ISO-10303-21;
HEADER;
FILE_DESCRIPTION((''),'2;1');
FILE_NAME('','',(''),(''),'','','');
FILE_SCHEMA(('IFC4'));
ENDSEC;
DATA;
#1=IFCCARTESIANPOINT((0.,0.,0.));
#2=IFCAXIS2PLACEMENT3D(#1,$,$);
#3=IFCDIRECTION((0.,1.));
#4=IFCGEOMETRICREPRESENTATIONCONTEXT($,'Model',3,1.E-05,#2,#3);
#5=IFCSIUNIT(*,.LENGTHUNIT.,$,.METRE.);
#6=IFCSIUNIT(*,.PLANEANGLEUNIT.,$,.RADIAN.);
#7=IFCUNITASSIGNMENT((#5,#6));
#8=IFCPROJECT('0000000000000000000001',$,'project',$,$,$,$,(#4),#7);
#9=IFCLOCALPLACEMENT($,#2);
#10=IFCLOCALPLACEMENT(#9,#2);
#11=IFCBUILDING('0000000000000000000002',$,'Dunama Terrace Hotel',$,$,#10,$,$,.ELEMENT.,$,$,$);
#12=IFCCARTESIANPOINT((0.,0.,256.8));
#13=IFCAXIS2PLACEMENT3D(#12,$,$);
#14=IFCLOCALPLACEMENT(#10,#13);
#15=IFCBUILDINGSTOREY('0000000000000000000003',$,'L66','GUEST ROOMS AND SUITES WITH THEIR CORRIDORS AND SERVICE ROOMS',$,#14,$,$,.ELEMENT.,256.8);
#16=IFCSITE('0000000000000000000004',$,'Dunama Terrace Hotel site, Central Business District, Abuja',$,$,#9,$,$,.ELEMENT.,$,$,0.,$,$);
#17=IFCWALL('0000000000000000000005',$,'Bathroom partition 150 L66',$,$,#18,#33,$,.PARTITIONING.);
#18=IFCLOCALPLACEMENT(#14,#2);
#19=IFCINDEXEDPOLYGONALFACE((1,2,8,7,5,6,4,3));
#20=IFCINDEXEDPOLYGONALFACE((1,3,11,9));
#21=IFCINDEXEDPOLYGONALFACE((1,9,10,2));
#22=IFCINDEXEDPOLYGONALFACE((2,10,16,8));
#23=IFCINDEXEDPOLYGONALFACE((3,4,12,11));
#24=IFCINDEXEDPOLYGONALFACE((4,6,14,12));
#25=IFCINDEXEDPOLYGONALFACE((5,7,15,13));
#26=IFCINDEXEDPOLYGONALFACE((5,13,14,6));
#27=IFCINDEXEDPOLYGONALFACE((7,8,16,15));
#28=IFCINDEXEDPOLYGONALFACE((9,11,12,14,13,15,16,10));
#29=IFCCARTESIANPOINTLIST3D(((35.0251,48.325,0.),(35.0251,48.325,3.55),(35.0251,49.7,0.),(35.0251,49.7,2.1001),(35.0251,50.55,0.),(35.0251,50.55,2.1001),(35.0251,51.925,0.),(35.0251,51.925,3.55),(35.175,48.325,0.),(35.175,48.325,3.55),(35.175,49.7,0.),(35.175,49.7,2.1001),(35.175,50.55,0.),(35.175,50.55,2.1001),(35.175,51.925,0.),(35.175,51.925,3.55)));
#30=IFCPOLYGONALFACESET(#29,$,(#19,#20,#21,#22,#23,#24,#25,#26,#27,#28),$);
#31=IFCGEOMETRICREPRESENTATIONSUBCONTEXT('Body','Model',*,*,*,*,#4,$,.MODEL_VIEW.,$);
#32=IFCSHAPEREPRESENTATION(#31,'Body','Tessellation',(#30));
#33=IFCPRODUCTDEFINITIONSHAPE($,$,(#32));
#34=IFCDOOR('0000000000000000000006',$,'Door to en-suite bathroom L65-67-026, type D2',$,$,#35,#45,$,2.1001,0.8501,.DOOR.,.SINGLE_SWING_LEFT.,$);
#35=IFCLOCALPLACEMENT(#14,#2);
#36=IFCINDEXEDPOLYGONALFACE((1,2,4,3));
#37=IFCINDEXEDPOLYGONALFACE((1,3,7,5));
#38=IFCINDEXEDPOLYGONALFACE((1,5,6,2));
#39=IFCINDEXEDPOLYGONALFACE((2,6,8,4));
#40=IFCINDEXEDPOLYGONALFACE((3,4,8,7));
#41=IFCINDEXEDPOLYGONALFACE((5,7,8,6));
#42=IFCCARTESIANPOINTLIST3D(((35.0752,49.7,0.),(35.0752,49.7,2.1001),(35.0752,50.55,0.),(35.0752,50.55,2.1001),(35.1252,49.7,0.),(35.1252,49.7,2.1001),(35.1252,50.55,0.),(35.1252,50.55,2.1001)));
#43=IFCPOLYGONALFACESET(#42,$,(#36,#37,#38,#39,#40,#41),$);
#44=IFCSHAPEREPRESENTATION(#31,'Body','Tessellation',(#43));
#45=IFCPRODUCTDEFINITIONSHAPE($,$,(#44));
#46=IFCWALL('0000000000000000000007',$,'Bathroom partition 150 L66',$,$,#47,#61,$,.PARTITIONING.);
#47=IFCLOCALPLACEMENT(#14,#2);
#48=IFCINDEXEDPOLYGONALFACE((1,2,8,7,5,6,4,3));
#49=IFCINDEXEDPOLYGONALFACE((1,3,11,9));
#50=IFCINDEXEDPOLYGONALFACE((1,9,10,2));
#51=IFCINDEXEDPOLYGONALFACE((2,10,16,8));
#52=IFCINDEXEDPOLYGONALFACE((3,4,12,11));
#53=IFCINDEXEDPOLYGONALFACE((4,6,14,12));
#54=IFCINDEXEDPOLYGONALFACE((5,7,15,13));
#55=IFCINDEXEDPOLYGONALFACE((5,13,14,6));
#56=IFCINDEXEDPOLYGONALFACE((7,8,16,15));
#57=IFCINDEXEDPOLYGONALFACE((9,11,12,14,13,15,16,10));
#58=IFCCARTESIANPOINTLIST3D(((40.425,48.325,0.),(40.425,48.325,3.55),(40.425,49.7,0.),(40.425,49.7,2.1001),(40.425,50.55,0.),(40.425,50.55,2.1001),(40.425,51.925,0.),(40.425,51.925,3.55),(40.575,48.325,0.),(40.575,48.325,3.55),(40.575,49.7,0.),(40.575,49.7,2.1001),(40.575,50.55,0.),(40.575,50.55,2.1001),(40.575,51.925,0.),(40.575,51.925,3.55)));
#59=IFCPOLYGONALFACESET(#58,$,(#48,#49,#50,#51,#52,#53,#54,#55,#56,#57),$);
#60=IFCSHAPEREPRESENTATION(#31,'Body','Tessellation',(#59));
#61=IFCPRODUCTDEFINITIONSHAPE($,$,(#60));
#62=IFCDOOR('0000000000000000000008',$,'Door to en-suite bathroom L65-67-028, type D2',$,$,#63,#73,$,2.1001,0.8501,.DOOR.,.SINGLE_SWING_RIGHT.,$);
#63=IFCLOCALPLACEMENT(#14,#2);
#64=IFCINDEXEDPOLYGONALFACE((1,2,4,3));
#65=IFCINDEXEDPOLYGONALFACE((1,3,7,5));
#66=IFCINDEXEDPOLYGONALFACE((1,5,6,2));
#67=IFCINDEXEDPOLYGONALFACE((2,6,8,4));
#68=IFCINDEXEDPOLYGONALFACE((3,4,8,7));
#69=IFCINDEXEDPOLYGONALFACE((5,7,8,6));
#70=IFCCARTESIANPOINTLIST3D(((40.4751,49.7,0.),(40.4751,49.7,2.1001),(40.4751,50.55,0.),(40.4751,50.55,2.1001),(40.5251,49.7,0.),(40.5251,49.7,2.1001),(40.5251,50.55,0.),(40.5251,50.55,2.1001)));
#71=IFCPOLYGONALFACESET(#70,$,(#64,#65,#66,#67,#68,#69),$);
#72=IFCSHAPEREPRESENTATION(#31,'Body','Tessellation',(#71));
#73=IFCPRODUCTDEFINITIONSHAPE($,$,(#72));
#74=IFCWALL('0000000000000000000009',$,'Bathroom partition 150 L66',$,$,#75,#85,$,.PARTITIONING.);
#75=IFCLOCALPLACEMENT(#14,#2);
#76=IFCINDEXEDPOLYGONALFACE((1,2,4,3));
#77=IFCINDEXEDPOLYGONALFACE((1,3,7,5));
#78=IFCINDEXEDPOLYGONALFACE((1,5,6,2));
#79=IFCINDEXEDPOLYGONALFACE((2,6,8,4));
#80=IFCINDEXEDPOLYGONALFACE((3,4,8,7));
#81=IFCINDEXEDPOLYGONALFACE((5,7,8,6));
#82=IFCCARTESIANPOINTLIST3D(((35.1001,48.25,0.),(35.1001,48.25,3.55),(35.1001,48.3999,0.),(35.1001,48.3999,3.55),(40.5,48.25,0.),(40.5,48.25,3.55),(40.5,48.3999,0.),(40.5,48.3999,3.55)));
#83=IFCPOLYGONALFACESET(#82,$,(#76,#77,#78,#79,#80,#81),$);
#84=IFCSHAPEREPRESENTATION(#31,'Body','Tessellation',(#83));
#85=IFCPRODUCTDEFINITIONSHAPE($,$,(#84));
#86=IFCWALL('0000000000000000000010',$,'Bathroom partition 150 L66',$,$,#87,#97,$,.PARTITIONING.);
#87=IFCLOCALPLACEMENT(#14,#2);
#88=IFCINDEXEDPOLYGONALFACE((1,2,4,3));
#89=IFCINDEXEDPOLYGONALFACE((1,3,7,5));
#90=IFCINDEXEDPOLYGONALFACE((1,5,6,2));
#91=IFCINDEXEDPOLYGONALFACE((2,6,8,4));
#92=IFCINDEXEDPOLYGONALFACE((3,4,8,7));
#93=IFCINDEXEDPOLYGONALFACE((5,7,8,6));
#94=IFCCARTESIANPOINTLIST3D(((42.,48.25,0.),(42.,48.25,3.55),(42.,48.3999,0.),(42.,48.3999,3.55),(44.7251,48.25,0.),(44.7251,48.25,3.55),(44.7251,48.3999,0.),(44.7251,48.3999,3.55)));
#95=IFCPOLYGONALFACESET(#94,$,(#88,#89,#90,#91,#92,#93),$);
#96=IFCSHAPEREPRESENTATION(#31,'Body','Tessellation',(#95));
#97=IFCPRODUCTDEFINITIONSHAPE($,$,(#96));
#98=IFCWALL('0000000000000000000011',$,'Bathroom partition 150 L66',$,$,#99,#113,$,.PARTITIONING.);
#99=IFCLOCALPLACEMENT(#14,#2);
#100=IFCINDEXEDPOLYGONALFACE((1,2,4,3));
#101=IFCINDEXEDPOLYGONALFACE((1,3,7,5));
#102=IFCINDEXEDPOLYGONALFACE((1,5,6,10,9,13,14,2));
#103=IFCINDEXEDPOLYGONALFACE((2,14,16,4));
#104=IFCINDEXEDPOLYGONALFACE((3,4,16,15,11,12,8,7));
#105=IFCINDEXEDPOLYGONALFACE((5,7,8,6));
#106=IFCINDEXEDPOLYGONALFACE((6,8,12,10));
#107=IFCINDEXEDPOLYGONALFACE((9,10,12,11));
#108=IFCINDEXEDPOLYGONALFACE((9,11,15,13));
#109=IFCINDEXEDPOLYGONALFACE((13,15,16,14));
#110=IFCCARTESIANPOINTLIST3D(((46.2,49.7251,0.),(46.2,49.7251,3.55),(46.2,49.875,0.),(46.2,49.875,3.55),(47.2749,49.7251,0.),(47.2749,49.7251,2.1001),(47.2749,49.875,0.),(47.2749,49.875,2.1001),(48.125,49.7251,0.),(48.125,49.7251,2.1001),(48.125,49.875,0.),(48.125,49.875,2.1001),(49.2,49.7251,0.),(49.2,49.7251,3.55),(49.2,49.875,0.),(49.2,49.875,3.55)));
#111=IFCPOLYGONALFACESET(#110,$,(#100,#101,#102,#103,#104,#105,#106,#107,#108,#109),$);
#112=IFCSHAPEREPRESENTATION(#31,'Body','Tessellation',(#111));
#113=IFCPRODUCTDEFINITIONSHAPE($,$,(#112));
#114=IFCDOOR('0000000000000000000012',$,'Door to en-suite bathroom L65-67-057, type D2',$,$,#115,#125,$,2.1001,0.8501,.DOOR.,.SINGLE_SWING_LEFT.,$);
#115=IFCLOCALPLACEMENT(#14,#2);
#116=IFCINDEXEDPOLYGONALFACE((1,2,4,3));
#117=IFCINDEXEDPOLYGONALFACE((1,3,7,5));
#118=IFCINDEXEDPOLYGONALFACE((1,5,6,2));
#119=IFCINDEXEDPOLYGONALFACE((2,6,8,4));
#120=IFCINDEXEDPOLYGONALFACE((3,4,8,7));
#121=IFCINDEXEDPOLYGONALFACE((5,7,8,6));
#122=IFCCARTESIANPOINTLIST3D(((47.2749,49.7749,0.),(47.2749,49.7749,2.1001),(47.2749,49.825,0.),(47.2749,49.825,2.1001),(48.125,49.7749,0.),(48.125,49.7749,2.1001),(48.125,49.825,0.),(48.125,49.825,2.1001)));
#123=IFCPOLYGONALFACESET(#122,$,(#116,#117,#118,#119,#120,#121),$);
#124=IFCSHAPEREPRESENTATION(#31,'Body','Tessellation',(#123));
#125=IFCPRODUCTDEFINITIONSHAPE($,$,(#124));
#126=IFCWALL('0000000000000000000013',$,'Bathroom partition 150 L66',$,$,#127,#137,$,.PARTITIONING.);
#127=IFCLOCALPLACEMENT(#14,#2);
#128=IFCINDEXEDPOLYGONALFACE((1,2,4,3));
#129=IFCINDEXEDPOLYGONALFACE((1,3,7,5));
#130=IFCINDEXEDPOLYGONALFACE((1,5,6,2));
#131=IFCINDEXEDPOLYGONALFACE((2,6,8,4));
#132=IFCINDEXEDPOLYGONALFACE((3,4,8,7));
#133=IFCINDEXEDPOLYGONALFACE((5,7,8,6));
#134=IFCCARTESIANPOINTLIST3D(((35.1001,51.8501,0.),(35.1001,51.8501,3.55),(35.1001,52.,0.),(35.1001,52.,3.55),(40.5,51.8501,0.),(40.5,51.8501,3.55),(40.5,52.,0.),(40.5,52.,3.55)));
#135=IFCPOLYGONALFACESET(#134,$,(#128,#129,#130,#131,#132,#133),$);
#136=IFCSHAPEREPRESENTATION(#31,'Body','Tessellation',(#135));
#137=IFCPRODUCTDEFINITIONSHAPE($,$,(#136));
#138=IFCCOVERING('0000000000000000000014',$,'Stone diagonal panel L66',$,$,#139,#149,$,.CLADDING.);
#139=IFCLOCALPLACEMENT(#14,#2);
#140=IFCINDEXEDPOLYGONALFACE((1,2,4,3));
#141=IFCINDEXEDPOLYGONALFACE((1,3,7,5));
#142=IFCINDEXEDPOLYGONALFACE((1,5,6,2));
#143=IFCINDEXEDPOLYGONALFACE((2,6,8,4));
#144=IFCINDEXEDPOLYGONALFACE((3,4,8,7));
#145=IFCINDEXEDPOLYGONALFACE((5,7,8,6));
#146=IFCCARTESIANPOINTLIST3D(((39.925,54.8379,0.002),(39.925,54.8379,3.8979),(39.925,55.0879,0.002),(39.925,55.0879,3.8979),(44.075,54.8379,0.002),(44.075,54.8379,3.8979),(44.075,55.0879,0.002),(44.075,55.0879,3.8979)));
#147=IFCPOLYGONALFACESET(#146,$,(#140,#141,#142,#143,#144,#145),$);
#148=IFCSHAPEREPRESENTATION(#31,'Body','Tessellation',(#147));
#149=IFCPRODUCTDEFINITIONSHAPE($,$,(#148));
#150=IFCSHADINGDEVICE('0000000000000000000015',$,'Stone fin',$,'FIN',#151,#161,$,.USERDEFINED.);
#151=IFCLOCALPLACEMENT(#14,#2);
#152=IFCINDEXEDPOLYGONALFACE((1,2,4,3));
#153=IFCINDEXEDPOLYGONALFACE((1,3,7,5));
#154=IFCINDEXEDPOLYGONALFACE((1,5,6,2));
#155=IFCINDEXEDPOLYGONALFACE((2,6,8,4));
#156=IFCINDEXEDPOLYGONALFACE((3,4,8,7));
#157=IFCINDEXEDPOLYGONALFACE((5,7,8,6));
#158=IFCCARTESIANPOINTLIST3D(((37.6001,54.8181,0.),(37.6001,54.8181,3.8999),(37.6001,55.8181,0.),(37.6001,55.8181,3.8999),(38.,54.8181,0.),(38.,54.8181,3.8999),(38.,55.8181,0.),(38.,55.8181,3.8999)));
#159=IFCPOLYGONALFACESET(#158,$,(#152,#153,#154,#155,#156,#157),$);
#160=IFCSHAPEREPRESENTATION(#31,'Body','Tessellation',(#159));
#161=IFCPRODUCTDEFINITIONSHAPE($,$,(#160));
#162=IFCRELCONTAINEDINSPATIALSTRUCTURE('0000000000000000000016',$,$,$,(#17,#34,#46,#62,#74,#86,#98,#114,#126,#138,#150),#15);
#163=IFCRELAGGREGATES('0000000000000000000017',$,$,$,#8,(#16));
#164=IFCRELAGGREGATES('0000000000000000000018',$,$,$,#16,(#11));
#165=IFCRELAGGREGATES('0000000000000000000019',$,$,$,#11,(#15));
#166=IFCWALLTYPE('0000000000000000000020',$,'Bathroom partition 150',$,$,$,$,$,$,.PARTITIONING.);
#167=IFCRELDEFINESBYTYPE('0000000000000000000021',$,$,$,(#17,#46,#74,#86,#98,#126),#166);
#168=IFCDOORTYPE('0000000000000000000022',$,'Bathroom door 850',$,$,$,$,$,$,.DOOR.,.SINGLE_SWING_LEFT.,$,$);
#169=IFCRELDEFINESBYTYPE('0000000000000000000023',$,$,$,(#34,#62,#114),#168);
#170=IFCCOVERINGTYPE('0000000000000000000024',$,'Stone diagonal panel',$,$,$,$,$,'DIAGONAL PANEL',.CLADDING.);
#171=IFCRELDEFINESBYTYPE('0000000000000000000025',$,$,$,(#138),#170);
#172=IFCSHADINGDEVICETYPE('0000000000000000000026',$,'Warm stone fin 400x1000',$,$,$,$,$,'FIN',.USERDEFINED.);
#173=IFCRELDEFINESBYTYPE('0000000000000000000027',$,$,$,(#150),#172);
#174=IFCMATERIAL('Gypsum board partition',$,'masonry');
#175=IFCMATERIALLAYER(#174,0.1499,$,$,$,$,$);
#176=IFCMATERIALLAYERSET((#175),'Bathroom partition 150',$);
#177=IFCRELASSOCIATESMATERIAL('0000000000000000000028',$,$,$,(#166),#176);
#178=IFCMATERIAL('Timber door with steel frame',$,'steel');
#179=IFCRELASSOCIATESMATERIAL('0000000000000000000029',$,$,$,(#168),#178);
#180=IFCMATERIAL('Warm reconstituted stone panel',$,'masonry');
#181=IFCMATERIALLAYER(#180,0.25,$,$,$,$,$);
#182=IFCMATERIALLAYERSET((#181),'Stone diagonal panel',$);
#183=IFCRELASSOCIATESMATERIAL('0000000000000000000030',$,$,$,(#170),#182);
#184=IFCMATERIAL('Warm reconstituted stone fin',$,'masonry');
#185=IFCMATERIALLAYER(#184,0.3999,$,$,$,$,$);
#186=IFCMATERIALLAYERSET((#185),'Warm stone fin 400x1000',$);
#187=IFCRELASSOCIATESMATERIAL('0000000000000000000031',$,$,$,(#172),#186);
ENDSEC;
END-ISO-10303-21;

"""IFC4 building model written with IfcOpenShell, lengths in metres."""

from ifc_helpers import new_model, si_unit, direction, frame, frame_2d, origin, origin_2d, place, context, subcontext, project, spatial, rectangle, extrude, material, layer, layer_set, type_object, element, fill, save


model = new_model("IFC4")

# Units and contexts
model_context = context("Model", 3, precision=1e-05, world=origin(), true_north=direction((0.0, 1.0)))
body_context = subcontext(model_context, "Body", "Model", "MODEL_VIEW")
ifc_project = project(units=[si_unit("LENGTHUNIT", "METRE"), si_unit("PLANEANGLEUNIT", "RADIAN")], contexts=[model_context])

# Site, building, storey
site_placement = place(None, origin())
site = spatial("IfcSite", under=ifc_project, at=site_placement, Name="Dunama Terrace Hotel site, Central Business District, Abuja", CompositionType="ELEMENT", RefElevation=0.0)
building_placement = place(site_placement, origin())
building = spatial("IfcBuilding", under=site, at=building_placement, Name="Dunama Terrace Hotel", CompositionType="ELEMENT")
storey_placement = place(building_placement, frame((0.0, 0.0, 256.8)))
storey = spatial("IfcBuildingStorey", under=building, at=storey_placement, Name="L66", Description="GUEST ROOMS AND SUITES WITH THEIR CORRIDORS AND SERVICE ROOMS", CompositionType="ELEMENT", Elevation=256.8)

# Walls, openings, doors
ifc_material_1 = material(Name="Gypsum board partition", Category="masonry")
ifc_layer_1 = layer(ifc_material_1, 0.1499)
ifc_layer_set_1 = layer_set([ifc_layer_1], Name="Bathroom partition 150")
wall_type = type_object("IfcWallType", Name="Bathroom partition 150", PredefinedType="PARTITIONING", material=ifc_layer_set_1)
wall_1_placement = place(storey_placement, frame((35.1001, 48.325, 0.0), z_axis=(0.0, 0.0, 1.0), x_axis=(0.0, 1.0, 0.0)))
wall_1 = element("IfcWall", 1, at=wall_1_placement, inside=storey, type_object=wall_type, Name="Bathroom partition 150 L66", PredefinedType="PARTITIONING", context=body_context, shape_type="SweptSolid", body=[
    extrude(rectangle(XDim=3.6001, YDim=0.1499, at=frame_2d((1.8, 0.0))), origin(), (0.0, 0.0, 1.0), 3.55),
])
opening_1_placement = place(wall_1_placement, frame((1.375, 0.0, 0.0)))
opening_1 = element("IfcOpeningElement", 2, at=opening_1_placement, cuts=wall_1, PredefinedType="OPENING", context=body_context, shape_type="SweptSolid", body=[
    extrude(rectangle(XDim=0.8501, YDim=2.1001, at=frame_2d((0.425, 1.05))), frame((0.0, 0.085, 0.0), z_axis=(0.0, -1.0, 0.0), x_axis=(1.0, 0.0, 0.0)), (0.0, 0.0, 1.0), 0.1699),
])
ifc_material_2 = material(Name="Timber door with steel frame", Category="steel")
door_type = type_object("IfcDoorType", Name="Bathroom door 850", OperationType="SINGLE_SWING_LEFT", PredefinedType="DOOR", material=ifc_material_2)
door_1_placement = place(opening_1_placement, frame((0.8501, 0.0, 0.0), z_axis=(0.0, 0.0, 1.0), x_axis=(-1.0, 0.0, 0.0)))
door_1 = element("IfcDoor", 3, at=door_1_placement, inside=storey, type_object=door_type, Name="Door to en-suite bathroom L65-67-026, type D2", OperationType="SINGLE_SWING_LEFT", OverallHeight=2.1001, OverallWidth=0.8501, PredefinedType="DOOR", context=body_context, shape_type="SweptSolid", body=[
    extrude(rectangle(XDim=0.8501, YDim=2.1001, at=frame_2d((0.425, 1.05))), frame((0.0, 0.0251, 0.0), z_axis=(0.0, -1.0, 0.0), x_axis=(1.0, 0.0, 0.0)), (0.0, 0.0, 1.0), 0.05),
])
fill(opening_1, door_1)
wall_2_placement = place(storey_placement, frame((40.5, 48.325, 0.0), z_axis=(0.0, 0.0, 1.0), x_axis=(0.0, 1.0, 0.0)))
wall_2 = element("IfcWall", 4, at=wall_2_placement, inside=storey, type_object=wall_type, Name="Bathroom partition 150 L66", PredefinedType="PARTITIONING", context=body_context, shape_type="SweptSolid", body=[
    extrude(rectangle(XDim=3.6001, YDim=0.1499, at=frame_2d((1.8, 0.0))), origin(), (0.0, 0.0, 1.0), 3.55),
])
opening_2_placement = place(wall_2_placement, frame((1.375, 0.0, 0.0)))
opening_2 = element("IfcOpeningElement", 5, at=opening_2_placement, cuts=wall_2, PredefinedType="OPENING", context=body_context, shape_type="SweptSolid", body=[
    extrude(rectangle(XDim=0.8501, YDim=2.1001, at=frame_2d((0.425, 1.05))), frame((0.0, 0.085, 0.0), z_axis=(0.0, -1.0, 0.0), x_axis=(1.0, 0.0, 0.0)), (0.0, 0.0, 1.0), 0.1699),
])
door_2_placement = place(opening_2_placement, origin())
door_2 = element("IfcDoor", 6, at=door_2_placement, inside=storey, type_object=door_type, Name="Door to en-suite bathroom L65-67-028, type D2", OperationType="SINGLE_SWING_RIGHT", OverallHeight=2.1001, OverallWidth=0.8501, PredefinedType="DOOR", context=body_context, shape_type="SweptSolid", body=[
    extrude(rectangle(XDim=0.8501, YDim=2.1001, at=frame_2d((0.425, 1.05))), frame((0.0, 0.0249, 0.0), z_axis=(0.0, -1.0, 0.0), x_axis=(1.0, 0.0, 0.0)), (0.0, 0.0, 1.0), 0.05),
])
fill(opening_2, door_2)

# Walls
wall_3_placement = place(storey_placement, frame((35.1001, 48.325, 0.0), z_axis=(0.0, 0.0, 1.0), x_axis=(1.0, 0.0, 0.0)))
element("IfcWall", 7, at=wall_3_placement, inside=storey, type_object=wall_type, Name="Bathroom partition 150 L66", PredefinedType="PARTITIONING", context=body_context, shape_type="SweptSolid", body=[
    extrude(rectangle(XDim=5.3999, YDim=0.1499, at=frame_2d((2.7, 0.0))), origin(), (0.0, 0.0, 1.0), 3.55),
])
wall_4_placement = place(storey_placement, frame((42.0, 48.325, 0.0), z_axis=(0.0, 0.0, 1.0), x_axis=(1.0, 0.0, 0.0)))
element("IfcWall", 8, at=wall_4_placement, inside=storey, type_object=wall_type, Name="Bathroom partition 150 L66", PredefinedType="PARTITIONING", context=body_context, shape_type="SweptSolid", body=[
    extrude(rectangle(XDim=2.7251, YDim=0.1499, at=frame_2d((1.3625, 0.0))), origin(), (0.0, 0.0, 1.0), 3.55),
])

# Wall, opening, door
wall_5_placement = place(storey_placement, frame((46.2, 49.8, 0.0), z_axis=(0.0, 0.0, 1.0), x_axis=(1.0, 0.0, 0.0)))
wall_5 = element("IfcWall", 9, at=wall_5_placement, inside=storey, type_object=wall_type, Name="Bathroom partition 150 L66", PredefinedType="PARTITIONING", context=body_context, shape_type="SweptSolid", body=[
    extrude(rectangle(XDim=3.0, YDim=0.1499, at=frame_2d((1.5, 0.0))), origin(), (0.0, 0.0, 1.0), 3.55),
])
opening_3_placement = place(wall_5_placement, frame((1.075, 0.0, 0.0)))
opening_3 = element("IfcOpeningElement", 10, at=opening_3_placement, cuts=wall_5, PredefinedType="OPENING", context=body_context, shape_type="SweptSolid", body=[
    extrude(rectangle(XDim=0.8501, YDim=2.1001, at=frame_2d((0.425, 1.05))), frame((0.0, 0.085, 0.0), z_axis=(0.0, -1.0, 0.0), x_axis=(1.0, 0.0, 0.0)), (0.0, 0.0, 1.0), 0.1699),
])
door_3_placement = place(opening_3_placement, frame((0.8501, 0.0, 0.0), z_axis=(0.0, 0.0, 1.0), x_axis=(-1.0, 0.0, 0.0)))
door_3 = element("IfcDoor", 11, at=door_3_placement, inside=storey, type_object=door_type, Name="Door to en-suite bathroom L65-67-057, type D2", OperationType="SINGLE_SWING_LEFT", OverallHeight=2.1001, OverallWidth=0.8501, PredefinedType="DOOR", context=body_context, shape_type="SweptSolid", body=[
    extrude(rectangle(XDim=0.8501, YDim=2.1001, at=frame_2d((0.425, 1.05))), frame((0.0, 0.0251, 0.0), z_axis=(0.0, -1.0, 0.0), x_axis=(1.0, 0.0, 0.0)), (0.0, 0.0, 1.0), 0.05),
])
fill(opening_3, door_3)

# Wall
wall_6_placement = place(storey_placement, frame((35.1001, 51.925, 0.0), z_axis=(0.0, 0.0, 1.0), x_axis=(1.0, 0.0, 0.0)))
element("IfcWall", 12, at=wall_6_placement, inside=storey, type_object=wall_type, Name="Bathroom partition 150 L66", PredefinedType="PARTITIONING", context=body_context, shape_type="SweptSolid", body=[
    extrude(rectangle(XDim=5.3999, YDim=0.1499, at=frame_2d((2.7, 0.0))), origin(), (0.0, 0.0, 1.0), 3.55),
])

# Covering
ifc_material_3 = material(Name="Warm reconstituted stone panel", Category="masonry")
ifc_layer_2 = layer(ifc_material_3, 0.25)
ifc_layer_set_2 = layer_set([ifc_layer_2], Name="Stone diagonal panel")
covering_type = type_object("IfcCoveringType", Name="Stone diagonal panel", ElementType="DIAGONAL PANEL", PredefinedType="CLADDING", material=ifc_layer_set_2)
covering_placement = place(storey_placement, frame((42.0, 54.9629, 0.002), z_axis=(0.0, 0.0, 1.0), x_axis=(-1.0, 0.0, 0.0)))
element("IfcCovering", 13, at=covering_placement, inside=storey, type_object=covering_type, Name="Stone diagonal panel L66", PredefinedType="CLADDING", context=body_context, shape_type="SweptSolid", body=[
    extrude(rectangle(XDim=4.1499, YDim=0.25, at=origin_2d()), origin(), (0.0, 0.0, 1.0), 3.896),
])

# Shading device
ifc_material_4 = material(Name="Warm reconstituted stone fin", Category="masonry")
ifc_layer_3 = layer(ifc_material_4, 0.3999)
ifc_layer_set_3 = layer_set([ifc_layer_3], Name="Warm stone fin 400x1000")
shading_device_type = type_object("IfcShadingDeviceType", Name="Warm stone fin 400x1000", ElementType="FIN", PredefinedType="USERDEFINED", material=ifc_layer_set_3)
shading_device_placement = place(storey_placement, frame((37.8, 55.3181, 0.0), z_axis=(0.0, 0.0, 1.0), x_axis=(-1.0, 0.0, 0.0)))
element("IfcShadingDevice", 14, at=shading_device_placement, inside=storey, type_object=shading_device_type, Name="Stone fin", ObjectType="FIN", PredefinedType="USERDEFINED", context=body_context, shape_type="SweptSolid", body=[
    extrude(rectangle(XDim=0.3999, YDim=1.0, at=origin_2d()), origin(), (0.0, 0.0, 1.0), 3.8999),
])

save(model, "model.ifc")
